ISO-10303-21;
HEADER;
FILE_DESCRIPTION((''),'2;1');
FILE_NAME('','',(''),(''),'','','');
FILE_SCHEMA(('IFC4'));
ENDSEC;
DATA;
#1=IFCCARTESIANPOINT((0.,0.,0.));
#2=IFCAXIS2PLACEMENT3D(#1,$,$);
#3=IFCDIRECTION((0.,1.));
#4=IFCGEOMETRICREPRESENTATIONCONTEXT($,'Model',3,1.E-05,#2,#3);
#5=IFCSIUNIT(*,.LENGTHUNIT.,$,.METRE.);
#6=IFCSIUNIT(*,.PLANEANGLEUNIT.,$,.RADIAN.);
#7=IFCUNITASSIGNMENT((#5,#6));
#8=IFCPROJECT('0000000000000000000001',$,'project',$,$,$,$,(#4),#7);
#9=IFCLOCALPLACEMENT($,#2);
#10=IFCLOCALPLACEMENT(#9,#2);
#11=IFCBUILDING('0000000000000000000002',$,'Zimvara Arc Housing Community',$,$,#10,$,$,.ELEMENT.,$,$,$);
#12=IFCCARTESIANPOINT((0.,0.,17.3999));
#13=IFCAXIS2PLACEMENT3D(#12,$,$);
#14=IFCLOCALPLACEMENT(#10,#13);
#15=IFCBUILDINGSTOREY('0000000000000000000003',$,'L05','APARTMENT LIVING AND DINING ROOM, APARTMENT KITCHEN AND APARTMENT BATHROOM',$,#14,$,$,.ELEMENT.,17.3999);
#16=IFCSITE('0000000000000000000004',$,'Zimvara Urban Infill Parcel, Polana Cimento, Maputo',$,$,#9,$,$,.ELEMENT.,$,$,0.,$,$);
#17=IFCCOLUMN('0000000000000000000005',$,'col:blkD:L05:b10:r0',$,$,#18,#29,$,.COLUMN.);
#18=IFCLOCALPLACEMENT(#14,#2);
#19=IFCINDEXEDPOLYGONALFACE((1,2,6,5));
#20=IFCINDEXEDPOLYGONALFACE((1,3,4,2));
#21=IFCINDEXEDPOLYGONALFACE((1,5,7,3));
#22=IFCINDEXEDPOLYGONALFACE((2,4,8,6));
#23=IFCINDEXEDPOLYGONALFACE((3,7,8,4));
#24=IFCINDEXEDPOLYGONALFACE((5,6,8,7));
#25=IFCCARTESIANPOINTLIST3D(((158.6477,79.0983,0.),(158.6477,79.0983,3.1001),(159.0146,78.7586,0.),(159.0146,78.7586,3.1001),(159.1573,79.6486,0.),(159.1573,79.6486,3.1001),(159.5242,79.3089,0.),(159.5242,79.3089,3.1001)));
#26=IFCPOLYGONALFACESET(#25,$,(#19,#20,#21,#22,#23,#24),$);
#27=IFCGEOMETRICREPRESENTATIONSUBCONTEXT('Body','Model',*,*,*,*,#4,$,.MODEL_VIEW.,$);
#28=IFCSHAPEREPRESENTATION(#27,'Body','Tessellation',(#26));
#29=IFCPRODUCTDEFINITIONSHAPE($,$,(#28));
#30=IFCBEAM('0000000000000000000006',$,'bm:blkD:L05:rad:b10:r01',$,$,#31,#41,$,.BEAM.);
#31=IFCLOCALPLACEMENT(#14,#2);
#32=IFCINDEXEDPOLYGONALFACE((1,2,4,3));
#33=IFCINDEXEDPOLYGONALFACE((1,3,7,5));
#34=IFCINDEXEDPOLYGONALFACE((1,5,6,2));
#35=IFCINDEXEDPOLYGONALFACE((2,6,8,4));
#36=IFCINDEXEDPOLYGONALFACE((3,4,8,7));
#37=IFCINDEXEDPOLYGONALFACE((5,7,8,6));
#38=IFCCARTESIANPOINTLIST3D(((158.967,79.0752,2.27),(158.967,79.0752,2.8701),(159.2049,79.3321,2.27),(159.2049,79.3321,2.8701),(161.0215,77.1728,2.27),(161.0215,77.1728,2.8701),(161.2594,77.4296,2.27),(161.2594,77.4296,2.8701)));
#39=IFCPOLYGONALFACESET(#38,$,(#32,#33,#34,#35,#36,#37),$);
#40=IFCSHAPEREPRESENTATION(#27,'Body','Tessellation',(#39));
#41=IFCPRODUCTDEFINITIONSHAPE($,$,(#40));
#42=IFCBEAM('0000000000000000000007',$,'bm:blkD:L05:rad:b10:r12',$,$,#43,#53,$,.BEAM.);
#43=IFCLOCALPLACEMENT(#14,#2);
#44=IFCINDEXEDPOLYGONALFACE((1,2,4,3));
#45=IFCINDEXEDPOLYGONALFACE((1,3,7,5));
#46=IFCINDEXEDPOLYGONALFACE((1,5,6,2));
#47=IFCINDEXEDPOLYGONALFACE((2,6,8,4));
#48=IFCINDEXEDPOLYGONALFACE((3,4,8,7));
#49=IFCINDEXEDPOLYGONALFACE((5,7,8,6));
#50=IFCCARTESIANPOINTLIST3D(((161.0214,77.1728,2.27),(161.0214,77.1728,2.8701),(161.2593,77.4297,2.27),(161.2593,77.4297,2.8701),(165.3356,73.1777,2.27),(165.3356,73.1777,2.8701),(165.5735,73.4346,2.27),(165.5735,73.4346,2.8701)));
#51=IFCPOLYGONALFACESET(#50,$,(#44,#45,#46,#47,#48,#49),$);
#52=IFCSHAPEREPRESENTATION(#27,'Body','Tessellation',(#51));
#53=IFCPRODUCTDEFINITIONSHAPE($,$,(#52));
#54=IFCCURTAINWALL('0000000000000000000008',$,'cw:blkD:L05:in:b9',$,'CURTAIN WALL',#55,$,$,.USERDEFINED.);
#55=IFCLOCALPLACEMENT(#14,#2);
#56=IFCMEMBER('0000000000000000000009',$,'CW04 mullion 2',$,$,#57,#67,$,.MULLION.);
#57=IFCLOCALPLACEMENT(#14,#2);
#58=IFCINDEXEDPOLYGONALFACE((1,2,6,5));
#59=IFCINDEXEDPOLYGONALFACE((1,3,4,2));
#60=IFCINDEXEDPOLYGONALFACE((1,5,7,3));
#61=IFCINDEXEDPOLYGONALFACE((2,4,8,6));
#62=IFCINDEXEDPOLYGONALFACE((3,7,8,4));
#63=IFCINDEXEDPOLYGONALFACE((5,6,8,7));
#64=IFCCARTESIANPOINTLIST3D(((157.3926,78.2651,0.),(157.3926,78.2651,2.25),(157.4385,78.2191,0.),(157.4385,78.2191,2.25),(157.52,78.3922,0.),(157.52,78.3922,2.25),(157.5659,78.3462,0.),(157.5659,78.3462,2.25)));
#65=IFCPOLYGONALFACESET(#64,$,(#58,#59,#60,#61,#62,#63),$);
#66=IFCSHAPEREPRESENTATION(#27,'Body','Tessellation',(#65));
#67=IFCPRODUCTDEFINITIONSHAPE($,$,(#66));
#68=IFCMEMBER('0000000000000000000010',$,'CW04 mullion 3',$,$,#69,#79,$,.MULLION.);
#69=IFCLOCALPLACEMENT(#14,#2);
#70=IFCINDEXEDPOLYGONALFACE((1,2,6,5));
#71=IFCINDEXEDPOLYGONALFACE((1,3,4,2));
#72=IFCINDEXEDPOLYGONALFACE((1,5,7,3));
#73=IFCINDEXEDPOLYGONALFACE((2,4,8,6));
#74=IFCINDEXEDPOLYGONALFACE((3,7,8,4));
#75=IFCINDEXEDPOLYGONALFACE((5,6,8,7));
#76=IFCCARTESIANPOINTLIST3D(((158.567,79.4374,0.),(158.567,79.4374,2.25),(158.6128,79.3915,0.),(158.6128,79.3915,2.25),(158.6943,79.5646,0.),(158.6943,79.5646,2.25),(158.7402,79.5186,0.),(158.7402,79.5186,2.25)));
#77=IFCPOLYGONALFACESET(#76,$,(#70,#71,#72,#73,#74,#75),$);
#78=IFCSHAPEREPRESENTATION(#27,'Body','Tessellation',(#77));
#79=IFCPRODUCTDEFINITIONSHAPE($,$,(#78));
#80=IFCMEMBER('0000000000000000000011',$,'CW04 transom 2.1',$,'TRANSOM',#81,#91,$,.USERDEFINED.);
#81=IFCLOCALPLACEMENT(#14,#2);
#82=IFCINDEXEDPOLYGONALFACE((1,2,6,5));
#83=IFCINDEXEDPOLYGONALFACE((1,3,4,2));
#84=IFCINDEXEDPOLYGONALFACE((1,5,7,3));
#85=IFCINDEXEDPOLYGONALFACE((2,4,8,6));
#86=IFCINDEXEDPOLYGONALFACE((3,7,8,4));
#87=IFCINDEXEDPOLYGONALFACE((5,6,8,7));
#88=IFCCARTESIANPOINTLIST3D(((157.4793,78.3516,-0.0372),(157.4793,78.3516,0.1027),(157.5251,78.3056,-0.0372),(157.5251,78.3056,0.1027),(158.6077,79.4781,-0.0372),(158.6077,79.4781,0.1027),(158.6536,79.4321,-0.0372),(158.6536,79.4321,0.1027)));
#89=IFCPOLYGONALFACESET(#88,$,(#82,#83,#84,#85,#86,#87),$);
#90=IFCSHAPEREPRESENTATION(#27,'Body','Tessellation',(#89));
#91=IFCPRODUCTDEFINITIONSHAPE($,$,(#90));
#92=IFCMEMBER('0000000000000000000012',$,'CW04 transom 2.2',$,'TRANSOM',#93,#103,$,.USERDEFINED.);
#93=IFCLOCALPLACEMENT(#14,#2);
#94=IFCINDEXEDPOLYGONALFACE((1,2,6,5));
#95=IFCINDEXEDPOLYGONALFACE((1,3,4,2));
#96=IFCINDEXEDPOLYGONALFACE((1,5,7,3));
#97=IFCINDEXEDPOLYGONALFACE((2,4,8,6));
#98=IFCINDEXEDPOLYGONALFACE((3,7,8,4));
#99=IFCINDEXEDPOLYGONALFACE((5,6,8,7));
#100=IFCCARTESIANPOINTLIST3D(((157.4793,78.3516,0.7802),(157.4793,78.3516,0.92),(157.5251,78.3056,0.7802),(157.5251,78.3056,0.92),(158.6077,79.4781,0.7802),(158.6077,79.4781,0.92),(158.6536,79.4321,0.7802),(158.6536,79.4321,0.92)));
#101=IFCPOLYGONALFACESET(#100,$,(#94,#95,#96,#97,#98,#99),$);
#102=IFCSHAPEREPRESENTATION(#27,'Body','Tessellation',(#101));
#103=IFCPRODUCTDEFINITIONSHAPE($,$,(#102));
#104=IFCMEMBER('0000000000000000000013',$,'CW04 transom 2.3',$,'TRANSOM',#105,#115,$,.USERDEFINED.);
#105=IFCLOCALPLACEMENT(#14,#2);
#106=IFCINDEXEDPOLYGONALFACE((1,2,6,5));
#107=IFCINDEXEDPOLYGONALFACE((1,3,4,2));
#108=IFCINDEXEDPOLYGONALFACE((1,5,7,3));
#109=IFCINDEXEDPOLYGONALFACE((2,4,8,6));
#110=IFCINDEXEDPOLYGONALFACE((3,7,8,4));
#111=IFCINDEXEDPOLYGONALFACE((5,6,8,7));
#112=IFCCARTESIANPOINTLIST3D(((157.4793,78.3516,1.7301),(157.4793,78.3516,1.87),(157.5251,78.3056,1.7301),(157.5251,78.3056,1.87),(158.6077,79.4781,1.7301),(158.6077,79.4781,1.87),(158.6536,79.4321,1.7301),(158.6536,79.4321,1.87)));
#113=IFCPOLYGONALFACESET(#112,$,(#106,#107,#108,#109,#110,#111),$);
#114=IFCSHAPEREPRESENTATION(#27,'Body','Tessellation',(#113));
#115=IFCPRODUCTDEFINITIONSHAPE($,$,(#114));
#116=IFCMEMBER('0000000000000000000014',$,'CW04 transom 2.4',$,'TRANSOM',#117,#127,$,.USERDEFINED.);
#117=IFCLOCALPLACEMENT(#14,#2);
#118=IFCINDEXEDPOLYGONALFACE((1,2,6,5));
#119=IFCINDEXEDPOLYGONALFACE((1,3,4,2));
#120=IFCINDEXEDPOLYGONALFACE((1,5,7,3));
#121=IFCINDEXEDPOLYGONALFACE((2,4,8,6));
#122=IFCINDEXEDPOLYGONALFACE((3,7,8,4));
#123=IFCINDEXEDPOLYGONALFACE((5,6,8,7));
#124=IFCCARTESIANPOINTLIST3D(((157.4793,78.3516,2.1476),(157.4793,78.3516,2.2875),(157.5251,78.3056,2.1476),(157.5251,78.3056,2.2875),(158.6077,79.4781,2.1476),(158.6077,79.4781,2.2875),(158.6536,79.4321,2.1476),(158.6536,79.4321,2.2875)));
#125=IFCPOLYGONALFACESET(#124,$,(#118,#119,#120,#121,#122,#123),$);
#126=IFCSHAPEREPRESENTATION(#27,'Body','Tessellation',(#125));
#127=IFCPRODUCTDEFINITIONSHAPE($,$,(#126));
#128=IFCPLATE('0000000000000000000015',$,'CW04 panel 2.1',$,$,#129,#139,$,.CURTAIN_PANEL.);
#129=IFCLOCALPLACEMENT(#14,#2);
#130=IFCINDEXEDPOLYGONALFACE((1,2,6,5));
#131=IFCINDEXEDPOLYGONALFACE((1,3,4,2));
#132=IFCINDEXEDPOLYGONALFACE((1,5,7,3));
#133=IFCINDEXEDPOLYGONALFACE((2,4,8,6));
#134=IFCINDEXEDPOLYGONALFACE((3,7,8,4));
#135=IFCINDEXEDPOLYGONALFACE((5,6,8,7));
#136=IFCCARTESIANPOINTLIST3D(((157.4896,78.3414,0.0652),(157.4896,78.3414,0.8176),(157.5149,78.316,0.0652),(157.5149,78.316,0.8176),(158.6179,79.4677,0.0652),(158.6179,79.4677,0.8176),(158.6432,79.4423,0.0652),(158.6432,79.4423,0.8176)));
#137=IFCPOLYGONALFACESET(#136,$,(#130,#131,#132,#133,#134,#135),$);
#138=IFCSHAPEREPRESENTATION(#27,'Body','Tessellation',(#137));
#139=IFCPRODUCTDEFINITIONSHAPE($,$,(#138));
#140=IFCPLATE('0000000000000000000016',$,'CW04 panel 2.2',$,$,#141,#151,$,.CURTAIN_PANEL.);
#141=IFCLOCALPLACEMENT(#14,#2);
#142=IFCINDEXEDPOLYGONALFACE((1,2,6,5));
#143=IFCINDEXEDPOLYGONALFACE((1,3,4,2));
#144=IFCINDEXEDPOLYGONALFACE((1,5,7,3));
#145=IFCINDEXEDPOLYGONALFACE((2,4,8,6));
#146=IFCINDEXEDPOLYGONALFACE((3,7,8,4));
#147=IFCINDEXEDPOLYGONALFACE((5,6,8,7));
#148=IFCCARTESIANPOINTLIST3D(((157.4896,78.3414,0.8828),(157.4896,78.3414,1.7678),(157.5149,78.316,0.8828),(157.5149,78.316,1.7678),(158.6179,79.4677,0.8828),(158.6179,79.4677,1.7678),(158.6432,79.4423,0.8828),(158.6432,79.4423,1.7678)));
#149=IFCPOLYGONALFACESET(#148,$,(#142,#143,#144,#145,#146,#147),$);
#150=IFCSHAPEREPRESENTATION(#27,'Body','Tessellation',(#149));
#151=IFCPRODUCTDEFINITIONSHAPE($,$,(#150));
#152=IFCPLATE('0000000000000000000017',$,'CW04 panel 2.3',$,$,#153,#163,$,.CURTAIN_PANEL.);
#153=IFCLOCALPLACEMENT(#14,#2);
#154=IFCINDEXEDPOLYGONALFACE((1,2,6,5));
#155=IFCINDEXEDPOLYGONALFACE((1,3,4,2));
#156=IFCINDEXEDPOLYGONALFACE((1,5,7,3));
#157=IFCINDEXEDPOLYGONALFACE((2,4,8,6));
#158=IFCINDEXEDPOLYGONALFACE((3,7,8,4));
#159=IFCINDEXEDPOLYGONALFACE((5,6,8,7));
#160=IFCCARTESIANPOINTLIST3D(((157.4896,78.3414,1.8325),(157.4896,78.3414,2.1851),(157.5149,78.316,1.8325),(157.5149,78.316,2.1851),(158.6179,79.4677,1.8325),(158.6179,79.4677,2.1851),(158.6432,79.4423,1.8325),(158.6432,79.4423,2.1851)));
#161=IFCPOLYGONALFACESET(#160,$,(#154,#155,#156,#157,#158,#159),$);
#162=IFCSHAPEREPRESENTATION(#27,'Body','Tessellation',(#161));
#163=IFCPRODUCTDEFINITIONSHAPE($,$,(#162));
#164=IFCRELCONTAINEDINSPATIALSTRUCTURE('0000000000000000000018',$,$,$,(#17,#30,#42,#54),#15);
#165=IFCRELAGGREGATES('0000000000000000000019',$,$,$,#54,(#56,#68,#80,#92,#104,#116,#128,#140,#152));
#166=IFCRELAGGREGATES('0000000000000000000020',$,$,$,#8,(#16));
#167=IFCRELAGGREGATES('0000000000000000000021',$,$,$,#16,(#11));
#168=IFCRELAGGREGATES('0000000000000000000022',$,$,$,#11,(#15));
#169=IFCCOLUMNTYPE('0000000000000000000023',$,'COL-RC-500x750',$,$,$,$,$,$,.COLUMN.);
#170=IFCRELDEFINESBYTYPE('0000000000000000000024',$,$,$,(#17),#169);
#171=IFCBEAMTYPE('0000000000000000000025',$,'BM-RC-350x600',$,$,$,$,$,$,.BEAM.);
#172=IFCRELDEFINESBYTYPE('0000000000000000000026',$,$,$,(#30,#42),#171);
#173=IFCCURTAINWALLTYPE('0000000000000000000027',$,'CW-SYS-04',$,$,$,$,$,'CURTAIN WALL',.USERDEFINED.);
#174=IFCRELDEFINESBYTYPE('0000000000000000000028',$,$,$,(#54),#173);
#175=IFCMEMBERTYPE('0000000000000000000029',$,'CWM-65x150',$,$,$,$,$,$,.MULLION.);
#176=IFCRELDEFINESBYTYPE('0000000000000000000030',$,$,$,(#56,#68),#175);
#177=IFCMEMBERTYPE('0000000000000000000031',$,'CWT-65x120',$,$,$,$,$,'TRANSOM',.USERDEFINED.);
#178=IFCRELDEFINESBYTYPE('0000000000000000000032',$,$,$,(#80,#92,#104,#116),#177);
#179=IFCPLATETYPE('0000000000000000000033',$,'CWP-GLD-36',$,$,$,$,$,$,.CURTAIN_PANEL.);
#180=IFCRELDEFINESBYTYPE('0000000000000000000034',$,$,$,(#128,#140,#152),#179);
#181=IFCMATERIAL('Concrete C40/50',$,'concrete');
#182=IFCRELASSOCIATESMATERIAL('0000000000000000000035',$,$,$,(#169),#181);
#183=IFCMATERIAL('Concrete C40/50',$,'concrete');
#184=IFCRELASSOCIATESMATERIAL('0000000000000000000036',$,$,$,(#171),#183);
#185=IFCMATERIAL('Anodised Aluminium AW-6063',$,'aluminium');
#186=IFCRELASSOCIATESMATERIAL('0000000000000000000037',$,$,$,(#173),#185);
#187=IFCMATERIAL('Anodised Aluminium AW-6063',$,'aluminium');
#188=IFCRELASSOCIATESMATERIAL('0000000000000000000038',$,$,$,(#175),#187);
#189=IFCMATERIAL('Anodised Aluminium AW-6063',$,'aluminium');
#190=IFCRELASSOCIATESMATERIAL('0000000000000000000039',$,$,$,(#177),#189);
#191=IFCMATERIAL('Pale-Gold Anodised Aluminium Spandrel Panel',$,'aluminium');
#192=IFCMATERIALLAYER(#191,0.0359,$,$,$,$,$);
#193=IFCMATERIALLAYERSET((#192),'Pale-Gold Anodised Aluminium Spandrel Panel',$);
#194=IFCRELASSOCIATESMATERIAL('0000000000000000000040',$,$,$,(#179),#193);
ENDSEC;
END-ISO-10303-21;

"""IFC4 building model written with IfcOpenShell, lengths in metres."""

from ifc_helpers import new_model, si_unit, direction, frame, origin, origin_2d, place, context, subcontext, project, spatial, rectangle, extrude, material, layer, layer_set, material_profile, profile_set, type_object, element, aggregate, save


model = new_model("IFC4")

# Units and contexts
model_context = context("Model", 3, precision=1e-05, world=origin(), true_north=direction((0.0, 1.0)))
body_context = subcontext(model_context, "Body", "Model", "MODEL_VIEW")
ifc_project = project(units=[si_unit("LENGTHUNIT", "METRE"), si_unit("PLANEANGLEUNIT", "RADIAN")], contexts=[model_context])

# Site, building, storey
site_placement = place(None, origin())
site = spatial("IfcSite", under=ifc_project, at=site_placement, Name="Zimvara Urban Infill Parcel, Polana Cimento, Maputo", CompositionType="ELEMENT", RefElevation=0.0)
building_placement = place(site_placement, origin())
building = spatial("IfcBuilding", under=site, at=building_placement, Name="Zimvara Arc Housing Community", CompositionType="ELEMENT")
storey_placement = place(building_placement, frame((0.0, 0.0, 17.3999)))
storey = spatial("IfcBuildingStorey", under=building, at=storey_placement, Name="L05", Description="APARTMENT LIVING AND DINING ROOM, APARTMENT KITCHEN AND APARTMENT BATHROOM", CompositionType="ELEMENT", Elevation=17.3999)

# Column
ifc_material_1 = material(Name="Concrete C40/50", Category="concrete")
ifc_material_profile_1 = material_profile(ifc_material_1, rectangle(XDim=0.5, YDim=0.75, at=origin_2d()), Name="RC 500x750")
ifc_profile_set_1 = profile_set([ifc_material_profile_1], Name="Concrete C40/50")
column_type = type_object("IfcColumnType", Name="COL-RC-500x750", PredefinedType="COLUMN", material=ifc_profile_set_1)
column_placement = place(storey_placement, frame((159.0859, 79.2036, 0.0), z_axis=(0.0, 0.0, 1.0), x_axis=(0.73373, -0.679441, 0.0)))
element("IfcColumn", 1, at=column_placement, inside=storey, type_object=column_type, Name="col:blkD:L05:b10:r0", PredefinedType="COLUMN", context=body_context, shape_type="SweptSolid", body=[
    extrude(rectangle(XDim=0.5, YDim=0.75, at=origin_2d()), origin(), (0.0, 0.0, 1.0), 3.1001),
])

# Beams
ifc_material_2 = material(Name="Concrete C40/50", Category="concrete")
ifc_material_profile_2 = material_profile(ifc_material_2, rectangle(XDim=0.3501, YDim=0.6001, at=origin_2d()), Name="RC 350x600")
ifc_profile_set_2 = profile_set([ifc_material_profile_2], Name="Concrete C40/50")
beam_type = type_object("IfcBeamType", Name="BM-RC-350x600", PredefinedType="BEAM", material=ifc_profile_set_2)
beam_1_placement = place(storey_placement, frame((159.0859, 79.2036, 2.5701), z_axis=(0.733746, -0.679424, 0.0), x_axis=(0.679424, 0.733746, 0.0)))
element("IfcBeam", 2, at=beam_1_placement, inside=storey, type_object=beam_type, Name="bm:blkD:L05:rad:b10:r01", PredefinedType="BEAM", context=body_context, shape_type="SweptSolid", body=[
    extrude(rectangle(XDim=0.3501, YDim=0.6001, at=origin_2d()), origin(), (0.0, 0.0, 1.0), 2.8),
])
beam_2_placement = place(storey_placement, frame((161.1404, 77.3013, 2.5701), z_axis=(0.73372, -0.679452, 0.0), x_axis=(0.679452, 0.73372, 0.0)))
element("IfcBeam", 3, at=beam_2_placement, inside=storey, type_object=beam_type, Name="bm:blkD:L05:rad:b10:r12", PredefinedType="BEAM", context=body_context, shape_type="SweptSolid", body=[
    extrude(rectangle(XDim=0.3501, YDim=0.6001, at=origin_2d()), origin(), (0.0, 0.0, 1.0), 5.8799),
])

# Curtain wall, members, plates
ifc_material_3 = material(Name="Anodised Aluminium AW-6063", Category="aluminium")
curtain_wall_type = type_object("IfcCurtainWallType", Name="CW-SYS-04", ElementType="CURTAIN WALL", PredefinedType="USERDEFINED", material=ifc_material_3)
curtain_wall_placement = place(storey_placement, origin())
curtain_wall = element("IfcCurtainWall", 4, at=curtain_wall_placement, inside=storey, type_object=curtain_wall_type, Name="cw:blkD:L05:in:b9", ObjectType="CURTAIN WALL", PredefinedType="USERDEFINED")
ifc_material_4 = material(Name="Anodised Aluminium AW-6063", Category="aluminium")
ifc_material_profile_3 = material_profile(ifc_material_4, rectangle(XDim=0.0649, YDim=0.1799, at=origin_2d()), Name="ALU 65x180")
ifc_profile_set_3 = profile_set([ifc_material_profile_3], Name="Anodised Aluminium AW-6063")
member_type_1 = type_object("IfcMemberType", Name="CWM-65x150", PredefinedType="MULLION", material=ifc_profile_set_3)
member_1_placement = place(storey_placement, frame((157.4792, 78.3057, 0.0), z_axis=(0.0, 0.0, 1.0), x_axis=(-0.70649, 0.707723, 0.0)))
member_1 = element("IfcMember", 5, at=member_1_placement, type_object=member_type_1, Name="CW04 mullion 2", PredefinedType="MULLION", context=body_context, shape_type="SweptSolid", body=[
    extrude(rectangle(XDim=0.0649, YDim=0.1799, at=origin_2d()), origin(), (0.0, 0.0, 1.0), 2.25),
])
member_2_placement = place(storey_placement, frame((158.6536, 79.478, 0.0), z_axis=(0.0, 0.0, 1.0), x_axis=(-0.70649, 0.707723, 0.0)))
member_2 = element("IfcMember", 6, at=member_2_placement, type_object=member_type_1, Name="CW04 mullion 3", PredefinedType="MULLION", context=body_context, shape_type="SweptSolid", body=[
    extrude(rectangle(XDim=0.0649, YDim=0.1799, at=origin_2d()), origin(), (0.0, 0.0, 1.0), 2.25),
])
ifc_material_5 = material(Name="Anodised Aluminium AW-6063", Category="aluminium")
ifc_material_profile_4 = material_profile(ifc_material_5, rectangle(XDim=0.0649, YDim=0.1399, at=origin_2d()), Name="ALU 65x140")
ifc_profile_set_4 = profile_set([ifc_material_profile_4], Name="Anodised Aluminium AW-6063")
member_type_2 = type_object("IfcMemberType", Name="CWT-65x120", ElementType="TRANSOM", PredefinedType="USERDEFINED", material=ifc_profile_set_4)
member_3_placement = place(storey_placement, frame((157.5022, 78.3286, 0.0327), z_axis=(0.707719, 0.706494, 0.0), x_axis=(-0.706494, 0.707719, 0.0)))
member_3 = element("IfcMember", 7, at=member_3_placement, type_object=member_type_2, Name="CW04 transom 2.1", ObjectType="TRANSOM", PredefinedType="USERDEFINED", context=body_context, shape_type="SweptSolid", body=[
    extrude(rectangle(XDim=0.0649, YDim=0.1399, at=origin_2d()), origin(), (0.0, 0.0, 1.0), 1.5945),
])
member_4_placement = place(storey_placement, frame((157.5022, 78.3286, 0.8501), z_axis=(0.707719, 0.706494, 0.0), x_axis=(-0.706494, 0.707719, 0.0)))
member_4 = element("IfcMember", 8, at=member_4_placement, type_object=member_type_2, Name="CW04 transom 2.2", ObjectType="TRANSOM", PredefinedType="USERDEFINED", context=body_context, shape_type="SweptSolid", body=[
    extrude(rectangle(XDim=0.0649, YDim=0.1399, at=origin_2d()), origin(), (0.0, 0.0, 1.0), 1.5945),
])
member_5_placement = place(storey_placement, frame((157.5022, 78.3286, 1.8), z_axis=(0.707719, 0.706494, 0.0), x_axis=(-0.706494, 0.707719, 0.0)))
member_5 = element("IfcMember", 9, at=member_5_placement, type_object=member_type_2, Name="CW04 transom 2.3", ObjectType="TRANSOM", PredefinedType="USERDEFINED", context=body_context, shape_type="SweptSolid", body=[
    extrude(rectangle(XDim=0.0649, YDim=0.1399, at=origin_2d()), origin(), (0.0, 0.0, 1.0), 1.5945),
])
member_6_placement = place(storey_placement, frame((157.5022, 78.3286, 2.2175), z_axis=(0.707719, 0.706494, 0.0), x_axis=(-0.706494, 0.707719, 0.0)))
member_6 = element("IfcMember", 10, at=member_6_placement, type_object=member_type_2, Name="CW04 transom 2.4", ObjectType="TRANSOM", PredefinedType="USERDEFINED", context=body_context, shape_type="SweptSolid", body=[
    extrude(rectangle(XDim=0.0649, YDim=0.1399, at=origin_2d()), origin(), (0.0, 0.0, 1.0), 1.5945),
])
ifc_material_6 = material(Name="Pale-Gold Anodised Aluminium Spandrel Panel", Category="aluminium")
ifc_layer_1 = layer(ifc_material_6, 0.0359)
ifc_layer_set_1 = layer_set([ifc_layer_1], Name="Pale-Gold Anodised Aluminium Spandrel Panel")
plate_type = type_object("IfcPlateType", Name="CWP-GLD-36", PredefinedType="CURTAIN_PANEL", material=ifc_layer_set_1)
plate_1_placement = place(storey_placement, frame((158.0664, 78.8918, 0.0652), z_axis=(0.0, 0.0, 1.0), x_axis=(0.707723, 0.70649, 0.0)))
plate_1 = element("IfcPlate", 11, at=plate_1_placement, type_object=plate_type, Name="CW04 panel 2.1", PredefinedType="CURTAIN_PANEL", context=body_context, shape_type="SweptSolid", body=[
    extrude(rectangle(XDim=1.5942, YDim=0.0359, at=origin_2d()), origin(), (0.0, 0.0, 1.0), 0.7524),
])
plate_2_placement = place(storey_placement, frame((158.0664, 78.8918, 0.8828), z_axis=(0.0, 0.0, 1.0), x_axis=(0.707723, 0.70649, 0.0)))
plate_2 = element("IfcPlate", 12, at=plate_2_placement, type_object=plate_type, Name="CW04 panel 2.2", PredefinedType="CURTAIN_PANEL", context=body_context, shape_type="SweptSolid", body=[
    extrude(rectangle(XDim=1.5942, YDim=0.0359, at=origin_2d()), origin(), (0.0, 0.0, 1.0), 0.885),
])
plate_3_placement = place(storey_placement, frame((158.0664, 78.8918, 1.8325), z_axis=(0.0, 0.0, 1.0), x_axis=(0.707723, 0.70649, 0.0)))
plate_3 = element("IfcPlate", 13, at=plate_3_placement, type_object=plate_type, Name="CW04 panel 2.3", PredefinedType="CURTAIN_PANEL", context=body_context, shape_type="SweptSolid", body=[
    extrude(rectangle(XDim=1.5942, YDim=0.0359, at=origin_2d()), origin(), (0.0, 0.0, 1.0), 0.3525),
])
aggregate(curtain_wall, [member_1, member_2, member_3, member_4, member_5, member_6, plate_1, plate_2, plate_3])

save(model, "model.ifc")
